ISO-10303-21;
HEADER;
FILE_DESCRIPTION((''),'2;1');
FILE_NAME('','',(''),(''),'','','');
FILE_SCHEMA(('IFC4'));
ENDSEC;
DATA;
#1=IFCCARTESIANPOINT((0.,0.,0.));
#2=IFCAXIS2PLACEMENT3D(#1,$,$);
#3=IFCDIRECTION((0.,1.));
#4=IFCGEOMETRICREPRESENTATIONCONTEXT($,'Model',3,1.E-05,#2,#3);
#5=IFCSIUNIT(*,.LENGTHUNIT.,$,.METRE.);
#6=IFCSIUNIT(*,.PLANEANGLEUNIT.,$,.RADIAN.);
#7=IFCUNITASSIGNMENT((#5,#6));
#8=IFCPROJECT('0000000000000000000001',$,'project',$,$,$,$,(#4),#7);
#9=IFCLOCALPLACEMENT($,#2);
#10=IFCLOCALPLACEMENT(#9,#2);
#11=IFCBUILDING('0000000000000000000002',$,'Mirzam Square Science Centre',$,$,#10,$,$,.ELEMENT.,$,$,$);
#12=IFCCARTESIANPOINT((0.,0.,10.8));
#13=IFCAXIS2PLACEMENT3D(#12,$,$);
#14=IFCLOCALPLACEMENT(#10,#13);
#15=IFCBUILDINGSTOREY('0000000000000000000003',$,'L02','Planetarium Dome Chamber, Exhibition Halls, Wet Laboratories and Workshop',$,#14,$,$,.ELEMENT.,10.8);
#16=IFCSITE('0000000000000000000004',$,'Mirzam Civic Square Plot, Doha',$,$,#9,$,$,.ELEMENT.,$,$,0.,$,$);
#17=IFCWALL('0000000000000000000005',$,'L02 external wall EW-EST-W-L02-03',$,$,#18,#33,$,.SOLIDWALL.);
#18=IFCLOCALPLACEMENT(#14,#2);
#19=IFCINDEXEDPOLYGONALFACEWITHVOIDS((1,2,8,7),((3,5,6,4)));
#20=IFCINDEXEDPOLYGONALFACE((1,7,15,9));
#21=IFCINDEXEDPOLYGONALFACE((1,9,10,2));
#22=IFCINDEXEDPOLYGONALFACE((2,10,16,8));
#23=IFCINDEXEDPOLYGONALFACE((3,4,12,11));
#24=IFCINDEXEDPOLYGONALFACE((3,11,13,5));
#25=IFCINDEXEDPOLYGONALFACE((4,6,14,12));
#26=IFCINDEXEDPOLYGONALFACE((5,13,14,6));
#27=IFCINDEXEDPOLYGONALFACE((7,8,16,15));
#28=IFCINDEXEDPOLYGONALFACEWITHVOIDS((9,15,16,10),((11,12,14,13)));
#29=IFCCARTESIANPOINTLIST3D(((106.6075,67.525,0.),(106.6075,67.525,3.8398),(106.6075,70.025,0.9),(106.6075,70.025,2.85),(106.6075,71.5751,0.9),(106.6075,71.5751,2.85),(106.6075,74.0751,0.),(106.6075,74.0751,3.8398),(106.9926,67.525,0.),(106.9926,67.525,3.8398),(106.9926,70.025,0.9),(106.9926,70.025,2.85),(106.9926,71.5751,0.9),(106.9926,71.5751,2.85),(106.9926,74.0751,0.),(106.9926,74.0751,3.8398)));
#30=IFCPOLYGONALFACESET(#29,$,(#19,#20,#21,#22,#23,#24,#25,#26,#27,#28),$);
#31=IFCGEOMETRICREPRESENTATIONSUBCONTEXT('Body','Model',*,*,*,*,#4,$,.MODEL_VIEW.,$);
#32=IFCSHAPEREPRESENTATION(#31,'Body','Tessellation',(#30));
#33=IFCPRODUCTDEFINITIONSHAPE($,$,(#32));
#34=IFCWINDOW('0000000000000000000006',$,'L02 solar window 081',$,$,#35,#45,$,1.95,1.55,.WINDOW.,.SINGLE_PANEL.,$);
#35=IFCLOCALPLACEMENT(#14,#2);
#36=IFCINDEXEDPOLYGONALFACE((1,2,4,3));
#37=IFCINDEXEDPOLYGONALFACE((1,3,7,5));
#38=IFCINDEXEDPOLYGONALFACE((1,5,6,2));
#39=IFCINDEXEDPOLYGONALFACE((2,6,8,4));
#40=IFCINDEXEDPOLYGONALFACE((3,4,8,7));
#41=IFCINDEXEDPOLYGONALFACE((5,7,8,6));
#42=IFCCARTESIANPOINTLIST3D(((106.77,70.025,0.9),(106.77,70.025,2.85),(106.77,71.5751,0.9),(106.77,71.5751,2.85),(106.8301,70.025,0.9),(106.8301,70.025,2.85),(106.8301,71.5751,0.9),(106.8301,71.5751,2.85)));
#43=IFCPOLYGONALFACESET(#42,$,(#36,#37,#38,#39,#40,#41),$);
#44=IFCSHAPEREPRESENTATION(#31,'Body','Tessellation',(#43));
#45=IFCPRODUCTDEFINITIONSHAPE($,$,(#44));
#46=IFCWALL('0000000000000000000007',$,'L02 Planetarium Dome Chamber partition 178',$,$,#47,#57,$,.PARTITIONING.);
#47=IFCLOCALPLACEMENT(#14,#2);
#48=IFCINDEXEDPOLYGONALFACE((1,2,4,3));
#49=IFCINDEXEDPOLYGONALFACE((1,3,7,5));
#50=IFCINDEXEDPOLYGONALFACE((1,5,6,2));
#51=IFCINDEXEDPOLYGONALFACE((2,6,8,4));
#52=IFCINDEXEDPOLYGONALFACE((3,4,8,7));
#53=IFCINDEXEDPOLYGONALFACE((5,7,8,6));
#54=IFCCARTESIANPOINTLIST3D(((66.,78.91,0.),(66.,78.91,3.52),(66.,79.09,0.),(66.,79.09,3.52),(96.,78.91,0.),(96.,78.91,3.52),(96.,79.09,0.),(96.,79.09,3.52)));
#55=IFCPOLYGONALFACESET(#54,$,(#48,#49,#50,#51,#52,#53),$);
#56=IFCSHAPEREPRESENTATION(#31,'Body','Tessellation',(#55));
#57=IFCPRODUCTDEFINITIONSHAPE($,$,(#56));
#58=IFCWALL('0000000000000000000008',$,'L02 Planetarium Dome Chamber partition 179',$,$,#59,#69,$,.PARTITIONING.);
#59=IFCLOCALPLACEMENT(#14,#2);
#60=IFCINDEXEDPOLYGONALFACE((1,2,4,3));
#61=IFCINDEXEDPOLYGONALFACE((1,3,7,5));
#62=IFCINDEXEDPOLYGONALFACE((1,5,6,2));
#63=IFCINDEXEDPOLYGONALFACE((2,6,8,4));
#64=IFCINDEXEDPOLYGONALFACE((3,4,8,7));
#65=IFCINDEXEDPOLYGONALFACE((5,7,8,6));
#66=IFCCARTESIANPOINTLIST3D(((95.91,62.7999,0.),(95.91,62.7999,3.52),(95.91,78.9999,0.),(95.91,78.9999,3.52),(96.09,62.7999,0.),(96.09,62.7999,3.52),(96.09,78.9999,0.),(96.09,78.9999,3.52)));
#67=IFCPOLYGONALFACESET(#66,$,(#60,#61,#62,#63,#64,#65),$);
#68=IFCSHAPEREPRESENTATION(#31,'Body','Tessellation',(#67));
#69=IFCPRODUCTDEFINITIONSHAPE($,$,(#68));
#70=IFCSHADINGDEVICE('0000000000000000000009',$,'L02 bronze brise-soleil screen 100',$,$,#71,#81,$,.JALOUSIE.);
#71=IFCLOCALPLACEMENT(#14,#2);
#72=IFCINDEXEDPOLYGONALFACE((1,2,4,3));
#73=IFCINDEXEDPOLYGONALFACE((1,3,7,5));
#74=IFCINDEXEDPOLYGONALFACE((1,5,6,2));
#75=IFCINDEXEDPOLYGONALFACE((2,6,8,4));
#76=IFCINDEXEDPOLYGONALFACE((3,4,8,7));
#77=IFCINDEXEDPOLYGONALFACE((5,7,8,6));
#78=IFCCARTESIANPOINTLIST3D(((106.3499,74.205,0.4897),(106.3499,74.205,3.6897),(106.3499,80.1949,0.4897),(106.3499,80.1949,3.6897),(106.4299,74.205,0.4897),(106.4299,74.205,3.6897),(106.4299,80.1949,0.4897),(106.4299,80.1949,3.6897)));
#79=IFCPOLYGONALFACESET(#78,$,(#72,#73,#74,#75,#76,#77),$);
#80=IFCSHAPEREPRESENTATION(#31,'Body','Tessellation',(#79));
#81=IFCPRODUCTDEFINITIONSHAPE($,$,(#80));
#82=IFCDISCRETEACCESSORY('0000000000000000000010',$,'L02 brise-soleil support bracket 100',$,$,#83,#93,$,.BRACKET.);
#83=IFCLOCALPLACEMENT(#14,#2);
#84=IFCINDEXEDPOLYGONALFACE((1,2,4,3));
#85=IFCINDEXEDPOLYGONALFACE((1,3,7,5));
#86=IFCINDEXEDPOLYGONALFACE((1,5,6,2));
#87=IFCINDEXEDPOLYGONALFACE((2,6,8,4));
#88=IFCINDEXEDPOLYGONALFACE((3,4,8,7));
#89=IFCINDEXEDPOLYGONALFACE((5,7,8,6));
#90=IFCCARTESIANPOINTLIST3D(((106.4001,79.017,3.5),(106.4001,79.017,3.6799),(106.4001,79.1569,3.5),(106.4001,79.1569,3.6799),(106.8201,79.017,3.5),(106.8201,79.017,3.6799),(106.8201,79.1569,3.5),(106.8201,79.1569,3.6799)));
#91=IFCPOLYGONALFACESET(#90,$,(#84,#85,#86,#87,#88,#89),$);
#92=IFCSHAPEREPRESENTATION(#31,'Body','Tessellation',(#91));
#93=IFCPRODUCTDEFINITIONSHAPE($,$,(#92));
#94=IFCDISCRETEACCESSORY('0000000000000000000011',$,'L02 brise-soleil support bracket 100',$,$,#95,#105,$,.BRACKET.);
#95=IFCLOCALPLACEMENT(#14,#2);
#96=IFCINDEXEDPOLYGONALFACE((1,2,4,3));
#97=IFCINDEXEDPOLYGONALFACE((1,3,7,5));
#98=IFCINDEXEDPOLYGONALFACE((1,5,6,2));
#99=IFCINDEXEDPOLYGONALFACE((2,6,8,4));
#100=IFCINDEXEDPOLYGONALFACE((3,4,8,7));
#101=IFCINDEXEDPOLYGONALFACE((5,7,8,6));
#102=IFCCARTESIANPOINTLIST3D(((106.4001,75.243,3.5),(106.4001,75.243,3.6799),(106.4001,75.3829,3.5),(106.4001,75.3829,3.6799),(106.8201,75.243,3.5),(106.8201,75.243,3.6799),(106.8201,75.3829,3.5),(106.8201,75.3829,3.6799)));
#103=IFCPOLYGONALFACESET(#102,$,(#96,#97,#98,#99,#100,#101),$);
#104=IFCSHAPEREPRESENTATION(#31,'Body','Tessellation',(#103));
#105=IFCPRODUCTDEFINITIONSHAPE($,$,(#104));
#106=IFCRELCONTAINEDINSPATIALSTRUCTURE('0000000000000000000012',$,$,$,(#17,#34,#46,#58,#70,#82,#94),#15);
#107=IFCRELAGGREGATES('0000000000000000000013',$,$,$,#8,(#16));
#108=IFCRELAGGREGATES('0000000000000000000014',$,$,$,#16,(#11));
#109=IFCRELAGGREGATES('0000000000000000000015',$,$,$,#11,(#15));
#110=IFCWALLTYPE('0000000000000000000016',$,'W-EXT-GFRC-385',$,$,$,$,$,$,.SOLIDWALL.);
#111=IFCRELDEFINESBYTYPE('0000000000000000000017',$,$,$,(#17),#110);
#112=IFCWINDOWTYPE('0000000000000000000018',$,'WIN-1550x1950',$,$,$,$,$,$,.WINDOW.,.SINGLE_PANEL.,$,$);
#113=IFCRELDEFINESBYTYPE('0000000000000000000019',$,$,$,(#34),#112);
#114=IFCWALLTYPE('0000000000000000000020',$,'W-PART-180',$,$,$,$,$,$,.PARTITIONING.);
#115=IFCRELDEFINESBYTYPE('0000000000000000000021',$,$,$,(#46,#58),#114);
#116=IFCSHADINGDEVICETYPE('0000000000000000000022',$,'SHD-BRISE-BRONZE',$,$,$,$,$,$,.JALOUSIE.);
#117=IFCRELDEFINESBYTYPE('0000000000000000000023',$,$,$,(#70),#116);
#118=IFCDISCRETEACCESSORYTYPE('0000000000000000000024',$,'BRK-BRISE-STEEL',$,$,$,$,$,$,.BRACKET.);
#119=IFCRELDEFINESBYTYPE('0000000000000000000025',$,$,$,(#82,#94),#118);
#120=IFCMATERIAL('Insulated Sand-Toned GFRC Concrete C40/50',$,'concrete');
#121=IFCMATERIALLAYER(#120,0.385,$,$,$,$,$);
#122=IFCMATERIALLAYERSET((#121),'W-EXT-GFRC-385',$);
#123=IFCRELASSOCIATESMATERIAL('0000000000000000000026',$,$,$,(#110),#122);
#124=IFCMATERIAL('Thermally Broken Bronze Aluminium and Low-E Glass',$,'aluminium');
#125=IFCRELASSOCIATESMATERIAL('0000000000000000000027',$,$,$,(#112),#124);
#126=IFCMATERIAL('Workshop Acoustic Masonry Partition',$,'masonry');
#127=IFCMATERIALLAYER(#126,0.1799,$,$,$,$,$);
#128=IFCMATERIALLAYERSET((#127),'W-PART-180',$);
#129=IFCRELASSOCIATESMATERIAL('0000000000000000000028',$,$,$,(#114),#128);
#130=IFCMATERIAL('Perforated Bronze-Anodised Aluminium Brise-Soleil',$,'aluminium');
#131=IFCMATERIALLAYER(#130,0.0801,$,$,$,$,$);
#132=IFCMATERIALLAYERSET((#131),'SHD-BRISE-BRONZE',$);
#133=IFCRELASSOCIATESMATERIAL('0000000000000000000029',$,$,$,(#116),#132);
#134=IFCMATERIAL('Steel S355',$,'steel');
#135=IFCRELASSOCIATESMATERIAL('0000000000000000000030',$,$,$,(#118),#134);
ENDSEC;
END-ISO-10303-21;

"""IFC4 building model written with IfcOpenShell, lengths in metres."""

from ifc_helpers import new_model, si_unit, direction, frame, frame_2d, origin, origin_2d, place, context, subcontext, project, spatial, rectangle, extrude, material, layer, layer_set, type_object, element, fill, save


model = new_model("IFC4")

# Units and contexts
model_context = context("Model", 3, precision=1e-05, world=origin(), true_north=direction((0.0, 1.0)))
body_context = subcontext(model_context, "Body", "Model", "MODEL_VIEW")
ifc_project = project(units=[si_unit("LENGTHUNIT", "METRE"), si_unit("PLANEANGLEUNIT", "RADIAN")], contexts=[model_context])

# Site, building, storey
site_placement = place(None, origin())
site = spatial("IfcSite", under=ifc_project, at=site_placement, Name="Mirzam Civic Square Plot, Doha", CompositionType="ELEMENT", RefElevation=0.0)
building_placement = place(site_placement, origin())
building = spatial("IfcBuilding", under=site, at=building_placement, Name="Mirzam Square Science Centre", CompositionType="ELEMENT")
storey_placement = place(building_placement, frame((0.0, 0.0, 10.8)))
storey = spatial("IfcBuildingStorey", under=building, at=storey_placement, Name="L02", Description="Planetarium Dome Chamber, Exhibition Halls, Wet Laboratories and Workshop", CompositionType="ELEMENT", Elevation=10.8)

# Shared definitions
ifc_material_1 = material(Name="Steel S355", Category="steel")

# Wall, opening, window
ifc_material_2 = material(Name="Insulated Sand-Toned GFRC Concrete C40/50", Category="concrete")
ifc_layer_1 = layer(ifc_material_2, 0.385)
ifc_layer_set_1 = layer_set([ifc_layer_1], Name="W-EXT-GFRC-385")
wall_type_1 = type_object("IfcWallType", Name="W-EXT-GFRC-385", PredefinedType="SOLIDWALL", material=ifc_layer_set_1)
wall_1_placement = place(storey_placement, frame((106.8, 74.075, 0.0), z_axis=(0.0, 0.0, 1.0), x_axis=(0.0, -1.0, 0.0)))
wall_1 = element("IfcWall", 1, at=wall_1_placement, inside=storey, type_object=wall_type_1, Name="L02 external wall EW-EST-W-L02-03", PredefinedType="SOLIDWALL", context=body_context, shape_type="SweptSolid", body=[
    extrude(rectangle(XDim=6.55, YDim=0.385, at=frame_2d((3.2749, 0.0))), origin(), (0.0, 0.0, 1.0), 3.8398),
])
opening_placement = place(wall_1_placement, frame((2.5, 0.0, 0.8999)))
opening = element("IfcOpeningElement", 2, at=opening_placement, cuts=wall_1, PredefinedType="OPENING", context=body_context, shape_type="SweptSolid", body=[
    extrude(rectangle(XDim=1.55, YDim=1.95, at=frame_2d((0.7749, 0.9751))), frame((0.0, 0.2024, 0.0), z_axis=(0.0, -1.0, 0.0), x_axis=(1.0, 0.0, 0.0)), (0.0, 0.0, 1.0), 0.405),
])
ifc_material_3 = material(Name="Thermally Broken Bronze Aluminium and Low-E Glass", Category="aluminium")
window_type = type_object("IfcWindowType", Name="WIN-1550x1950", PartitioningType="SINGLE_PANEL", PredefinedType="WINDOW", material=ifc_material_3)
window_placement = place(opening_placement, origin())
window = element("IfcWindow", 3, at=window_placement, inside=storey, type_object=window_type, Name="L02 solar window 081", OverallHeight=1.95, OverallWidth=1.55, PartitioningType="SINGLE_PANEL", PredefinedType="WINDOW", context=body_context, shape_type="SweptSolid", body=[
    extrude(rectangle(XDim=1.55, YDim=1.95, at=frame_2d((0.7749, 0.9751))), frame((0.0, 0.03, 0.0), z_axis=(0.0, -1.0, 0.0), x_axis=(1.0, 0.0, 0.0)), (0.0, 0.0, 1.0), 0.0601),
])
fill(opening, window)

# Walls
ifc_material_4 = material(Name="Workshop Acoustic Masonry Partition", Category="masonry")
ifc_layer_2 = layer(ifc_material_4, 0.1799)
ifc_layer_set_2 = layer_set([ifc_layer_2], Name="W-PART-180")
wall_type_2 = type_object("IfcWallType", Name="W-PART-180", PredefinedType="PARTITIONING", material=ifc_layer_set_2)
wall_2_placement = place(storey_placement, frame((66.0, 79.0, 0.0), z_axis=(0.0, 0.0, 1.0), x_axis=(1.0, 0.0, 0.0)))
element("IfcWall", 4, at=wall_2_placement, inside=storey, type_object=wall_type_2, Name="L02 Planetarium Dome Chamber partition 178", PredefinedType="PARTITIONING", context=body_context, shape_type="SweptSolid", body=[
    extrude(rectangle(XDim=30.0, YDim=0.1799, at=frame_2d((15.0, 0.0))), origin(), (0.0, 0.0, 1.0), 3.52),
])
wall_3_placement = place(storey_placement, frame((96.0, 79.0, 0.0), z_axis=(0.0, 0.0, 1.0), x_axis=(0.0, -1.0, 0.0)))
element("IfcWall", 5, at=wall_3_placement, inside=storey, type_object=wall_type_2, Name="L02 Planetarium Dome Chamber partition 179", PredefinedType="PARTITIONING", context=body_context, shape_type="SweptSolid", body=[
    extrude(rectangle(XDim=16.2, YDim=0.1799, at=frame_2d((8.1001, 0.0))), origin(), (0.0, 0.0, 1.0), 3.52),
])

# Shading device
ifc_material_5 = material(Name="Perforated Bronze-Anodised Aluminium Brise-Soleil", Category="aluminium")
ifc_layer_3 = layer(ifc_material_5, 0.0801)
ifc_layer_set_3 = layer_set([ifc_layer_3], Name="SHD-BRISE-BRONZE")
shading_device_type = type_object("IfcShadingDeviceType", Name="SHD-BRISE-BRONZE", PredefinedType="JALOUSIE", material=ifc_layer_set_3)
shading_device_placement = place(storey_placement, frame((106.3899, 77.2, 0.4897), z_axis=(0.0, 0.0, 1.0), x_axis=(0.0, -1.0, 0.0)))
element("IfcShadingDevice", 6, at=shading_device_placement, inside=storey, type_object=shading_device_type, Name="L02 bronze brise-soleil screen 100", PredefinedType="JALOUSIE", context=body_context, shape_type="SweptSolid", body=[
    extrude(rectangle(XDim=5.99, YDim=0.0801, at=origin_2d()), origin(), (0.0, 0.0, 1.0), 3.2),
])

# Discrete accessories
discrete_accessory_type = type_object("IfcDiscreteAccessoryType", Name="BRK-BRISE-STEEL", PredefinedType="BRACKET", material=ifc_material_1)
for number, where, z_axis, x_axis, name in (
    (7, (106.6101, 79.0869, 3.5), (0.0, 0.0, 1.0), (0.0, -1.0, 0.0), "L02 brise-soleil support bracket 100"),
    (8, (106.6101, 75.313, 3.5), (0.0, 0.0, 1.0), (0.0, -1.0, 0.0), "L02 brise-soleil support bracket 100"),
):
    element("IfcDiscreteAccessory", number, at=place(storey_placement, frame(where, z_axis=z_axis, x_axis=x_axis)), inside=storey, type_object=discrete_accessory_type, Name=name, PredefinedType="BRACKET", context=body_context, shape_type="SweptSolid", body=[
        extrude(rectangle(XDim=0.1399, YDim=0.4199, at=origin_2d()), origin(), (0.0, 0.0, 1.0), 0.1799),
    ])

save(model, "model.ifc")
